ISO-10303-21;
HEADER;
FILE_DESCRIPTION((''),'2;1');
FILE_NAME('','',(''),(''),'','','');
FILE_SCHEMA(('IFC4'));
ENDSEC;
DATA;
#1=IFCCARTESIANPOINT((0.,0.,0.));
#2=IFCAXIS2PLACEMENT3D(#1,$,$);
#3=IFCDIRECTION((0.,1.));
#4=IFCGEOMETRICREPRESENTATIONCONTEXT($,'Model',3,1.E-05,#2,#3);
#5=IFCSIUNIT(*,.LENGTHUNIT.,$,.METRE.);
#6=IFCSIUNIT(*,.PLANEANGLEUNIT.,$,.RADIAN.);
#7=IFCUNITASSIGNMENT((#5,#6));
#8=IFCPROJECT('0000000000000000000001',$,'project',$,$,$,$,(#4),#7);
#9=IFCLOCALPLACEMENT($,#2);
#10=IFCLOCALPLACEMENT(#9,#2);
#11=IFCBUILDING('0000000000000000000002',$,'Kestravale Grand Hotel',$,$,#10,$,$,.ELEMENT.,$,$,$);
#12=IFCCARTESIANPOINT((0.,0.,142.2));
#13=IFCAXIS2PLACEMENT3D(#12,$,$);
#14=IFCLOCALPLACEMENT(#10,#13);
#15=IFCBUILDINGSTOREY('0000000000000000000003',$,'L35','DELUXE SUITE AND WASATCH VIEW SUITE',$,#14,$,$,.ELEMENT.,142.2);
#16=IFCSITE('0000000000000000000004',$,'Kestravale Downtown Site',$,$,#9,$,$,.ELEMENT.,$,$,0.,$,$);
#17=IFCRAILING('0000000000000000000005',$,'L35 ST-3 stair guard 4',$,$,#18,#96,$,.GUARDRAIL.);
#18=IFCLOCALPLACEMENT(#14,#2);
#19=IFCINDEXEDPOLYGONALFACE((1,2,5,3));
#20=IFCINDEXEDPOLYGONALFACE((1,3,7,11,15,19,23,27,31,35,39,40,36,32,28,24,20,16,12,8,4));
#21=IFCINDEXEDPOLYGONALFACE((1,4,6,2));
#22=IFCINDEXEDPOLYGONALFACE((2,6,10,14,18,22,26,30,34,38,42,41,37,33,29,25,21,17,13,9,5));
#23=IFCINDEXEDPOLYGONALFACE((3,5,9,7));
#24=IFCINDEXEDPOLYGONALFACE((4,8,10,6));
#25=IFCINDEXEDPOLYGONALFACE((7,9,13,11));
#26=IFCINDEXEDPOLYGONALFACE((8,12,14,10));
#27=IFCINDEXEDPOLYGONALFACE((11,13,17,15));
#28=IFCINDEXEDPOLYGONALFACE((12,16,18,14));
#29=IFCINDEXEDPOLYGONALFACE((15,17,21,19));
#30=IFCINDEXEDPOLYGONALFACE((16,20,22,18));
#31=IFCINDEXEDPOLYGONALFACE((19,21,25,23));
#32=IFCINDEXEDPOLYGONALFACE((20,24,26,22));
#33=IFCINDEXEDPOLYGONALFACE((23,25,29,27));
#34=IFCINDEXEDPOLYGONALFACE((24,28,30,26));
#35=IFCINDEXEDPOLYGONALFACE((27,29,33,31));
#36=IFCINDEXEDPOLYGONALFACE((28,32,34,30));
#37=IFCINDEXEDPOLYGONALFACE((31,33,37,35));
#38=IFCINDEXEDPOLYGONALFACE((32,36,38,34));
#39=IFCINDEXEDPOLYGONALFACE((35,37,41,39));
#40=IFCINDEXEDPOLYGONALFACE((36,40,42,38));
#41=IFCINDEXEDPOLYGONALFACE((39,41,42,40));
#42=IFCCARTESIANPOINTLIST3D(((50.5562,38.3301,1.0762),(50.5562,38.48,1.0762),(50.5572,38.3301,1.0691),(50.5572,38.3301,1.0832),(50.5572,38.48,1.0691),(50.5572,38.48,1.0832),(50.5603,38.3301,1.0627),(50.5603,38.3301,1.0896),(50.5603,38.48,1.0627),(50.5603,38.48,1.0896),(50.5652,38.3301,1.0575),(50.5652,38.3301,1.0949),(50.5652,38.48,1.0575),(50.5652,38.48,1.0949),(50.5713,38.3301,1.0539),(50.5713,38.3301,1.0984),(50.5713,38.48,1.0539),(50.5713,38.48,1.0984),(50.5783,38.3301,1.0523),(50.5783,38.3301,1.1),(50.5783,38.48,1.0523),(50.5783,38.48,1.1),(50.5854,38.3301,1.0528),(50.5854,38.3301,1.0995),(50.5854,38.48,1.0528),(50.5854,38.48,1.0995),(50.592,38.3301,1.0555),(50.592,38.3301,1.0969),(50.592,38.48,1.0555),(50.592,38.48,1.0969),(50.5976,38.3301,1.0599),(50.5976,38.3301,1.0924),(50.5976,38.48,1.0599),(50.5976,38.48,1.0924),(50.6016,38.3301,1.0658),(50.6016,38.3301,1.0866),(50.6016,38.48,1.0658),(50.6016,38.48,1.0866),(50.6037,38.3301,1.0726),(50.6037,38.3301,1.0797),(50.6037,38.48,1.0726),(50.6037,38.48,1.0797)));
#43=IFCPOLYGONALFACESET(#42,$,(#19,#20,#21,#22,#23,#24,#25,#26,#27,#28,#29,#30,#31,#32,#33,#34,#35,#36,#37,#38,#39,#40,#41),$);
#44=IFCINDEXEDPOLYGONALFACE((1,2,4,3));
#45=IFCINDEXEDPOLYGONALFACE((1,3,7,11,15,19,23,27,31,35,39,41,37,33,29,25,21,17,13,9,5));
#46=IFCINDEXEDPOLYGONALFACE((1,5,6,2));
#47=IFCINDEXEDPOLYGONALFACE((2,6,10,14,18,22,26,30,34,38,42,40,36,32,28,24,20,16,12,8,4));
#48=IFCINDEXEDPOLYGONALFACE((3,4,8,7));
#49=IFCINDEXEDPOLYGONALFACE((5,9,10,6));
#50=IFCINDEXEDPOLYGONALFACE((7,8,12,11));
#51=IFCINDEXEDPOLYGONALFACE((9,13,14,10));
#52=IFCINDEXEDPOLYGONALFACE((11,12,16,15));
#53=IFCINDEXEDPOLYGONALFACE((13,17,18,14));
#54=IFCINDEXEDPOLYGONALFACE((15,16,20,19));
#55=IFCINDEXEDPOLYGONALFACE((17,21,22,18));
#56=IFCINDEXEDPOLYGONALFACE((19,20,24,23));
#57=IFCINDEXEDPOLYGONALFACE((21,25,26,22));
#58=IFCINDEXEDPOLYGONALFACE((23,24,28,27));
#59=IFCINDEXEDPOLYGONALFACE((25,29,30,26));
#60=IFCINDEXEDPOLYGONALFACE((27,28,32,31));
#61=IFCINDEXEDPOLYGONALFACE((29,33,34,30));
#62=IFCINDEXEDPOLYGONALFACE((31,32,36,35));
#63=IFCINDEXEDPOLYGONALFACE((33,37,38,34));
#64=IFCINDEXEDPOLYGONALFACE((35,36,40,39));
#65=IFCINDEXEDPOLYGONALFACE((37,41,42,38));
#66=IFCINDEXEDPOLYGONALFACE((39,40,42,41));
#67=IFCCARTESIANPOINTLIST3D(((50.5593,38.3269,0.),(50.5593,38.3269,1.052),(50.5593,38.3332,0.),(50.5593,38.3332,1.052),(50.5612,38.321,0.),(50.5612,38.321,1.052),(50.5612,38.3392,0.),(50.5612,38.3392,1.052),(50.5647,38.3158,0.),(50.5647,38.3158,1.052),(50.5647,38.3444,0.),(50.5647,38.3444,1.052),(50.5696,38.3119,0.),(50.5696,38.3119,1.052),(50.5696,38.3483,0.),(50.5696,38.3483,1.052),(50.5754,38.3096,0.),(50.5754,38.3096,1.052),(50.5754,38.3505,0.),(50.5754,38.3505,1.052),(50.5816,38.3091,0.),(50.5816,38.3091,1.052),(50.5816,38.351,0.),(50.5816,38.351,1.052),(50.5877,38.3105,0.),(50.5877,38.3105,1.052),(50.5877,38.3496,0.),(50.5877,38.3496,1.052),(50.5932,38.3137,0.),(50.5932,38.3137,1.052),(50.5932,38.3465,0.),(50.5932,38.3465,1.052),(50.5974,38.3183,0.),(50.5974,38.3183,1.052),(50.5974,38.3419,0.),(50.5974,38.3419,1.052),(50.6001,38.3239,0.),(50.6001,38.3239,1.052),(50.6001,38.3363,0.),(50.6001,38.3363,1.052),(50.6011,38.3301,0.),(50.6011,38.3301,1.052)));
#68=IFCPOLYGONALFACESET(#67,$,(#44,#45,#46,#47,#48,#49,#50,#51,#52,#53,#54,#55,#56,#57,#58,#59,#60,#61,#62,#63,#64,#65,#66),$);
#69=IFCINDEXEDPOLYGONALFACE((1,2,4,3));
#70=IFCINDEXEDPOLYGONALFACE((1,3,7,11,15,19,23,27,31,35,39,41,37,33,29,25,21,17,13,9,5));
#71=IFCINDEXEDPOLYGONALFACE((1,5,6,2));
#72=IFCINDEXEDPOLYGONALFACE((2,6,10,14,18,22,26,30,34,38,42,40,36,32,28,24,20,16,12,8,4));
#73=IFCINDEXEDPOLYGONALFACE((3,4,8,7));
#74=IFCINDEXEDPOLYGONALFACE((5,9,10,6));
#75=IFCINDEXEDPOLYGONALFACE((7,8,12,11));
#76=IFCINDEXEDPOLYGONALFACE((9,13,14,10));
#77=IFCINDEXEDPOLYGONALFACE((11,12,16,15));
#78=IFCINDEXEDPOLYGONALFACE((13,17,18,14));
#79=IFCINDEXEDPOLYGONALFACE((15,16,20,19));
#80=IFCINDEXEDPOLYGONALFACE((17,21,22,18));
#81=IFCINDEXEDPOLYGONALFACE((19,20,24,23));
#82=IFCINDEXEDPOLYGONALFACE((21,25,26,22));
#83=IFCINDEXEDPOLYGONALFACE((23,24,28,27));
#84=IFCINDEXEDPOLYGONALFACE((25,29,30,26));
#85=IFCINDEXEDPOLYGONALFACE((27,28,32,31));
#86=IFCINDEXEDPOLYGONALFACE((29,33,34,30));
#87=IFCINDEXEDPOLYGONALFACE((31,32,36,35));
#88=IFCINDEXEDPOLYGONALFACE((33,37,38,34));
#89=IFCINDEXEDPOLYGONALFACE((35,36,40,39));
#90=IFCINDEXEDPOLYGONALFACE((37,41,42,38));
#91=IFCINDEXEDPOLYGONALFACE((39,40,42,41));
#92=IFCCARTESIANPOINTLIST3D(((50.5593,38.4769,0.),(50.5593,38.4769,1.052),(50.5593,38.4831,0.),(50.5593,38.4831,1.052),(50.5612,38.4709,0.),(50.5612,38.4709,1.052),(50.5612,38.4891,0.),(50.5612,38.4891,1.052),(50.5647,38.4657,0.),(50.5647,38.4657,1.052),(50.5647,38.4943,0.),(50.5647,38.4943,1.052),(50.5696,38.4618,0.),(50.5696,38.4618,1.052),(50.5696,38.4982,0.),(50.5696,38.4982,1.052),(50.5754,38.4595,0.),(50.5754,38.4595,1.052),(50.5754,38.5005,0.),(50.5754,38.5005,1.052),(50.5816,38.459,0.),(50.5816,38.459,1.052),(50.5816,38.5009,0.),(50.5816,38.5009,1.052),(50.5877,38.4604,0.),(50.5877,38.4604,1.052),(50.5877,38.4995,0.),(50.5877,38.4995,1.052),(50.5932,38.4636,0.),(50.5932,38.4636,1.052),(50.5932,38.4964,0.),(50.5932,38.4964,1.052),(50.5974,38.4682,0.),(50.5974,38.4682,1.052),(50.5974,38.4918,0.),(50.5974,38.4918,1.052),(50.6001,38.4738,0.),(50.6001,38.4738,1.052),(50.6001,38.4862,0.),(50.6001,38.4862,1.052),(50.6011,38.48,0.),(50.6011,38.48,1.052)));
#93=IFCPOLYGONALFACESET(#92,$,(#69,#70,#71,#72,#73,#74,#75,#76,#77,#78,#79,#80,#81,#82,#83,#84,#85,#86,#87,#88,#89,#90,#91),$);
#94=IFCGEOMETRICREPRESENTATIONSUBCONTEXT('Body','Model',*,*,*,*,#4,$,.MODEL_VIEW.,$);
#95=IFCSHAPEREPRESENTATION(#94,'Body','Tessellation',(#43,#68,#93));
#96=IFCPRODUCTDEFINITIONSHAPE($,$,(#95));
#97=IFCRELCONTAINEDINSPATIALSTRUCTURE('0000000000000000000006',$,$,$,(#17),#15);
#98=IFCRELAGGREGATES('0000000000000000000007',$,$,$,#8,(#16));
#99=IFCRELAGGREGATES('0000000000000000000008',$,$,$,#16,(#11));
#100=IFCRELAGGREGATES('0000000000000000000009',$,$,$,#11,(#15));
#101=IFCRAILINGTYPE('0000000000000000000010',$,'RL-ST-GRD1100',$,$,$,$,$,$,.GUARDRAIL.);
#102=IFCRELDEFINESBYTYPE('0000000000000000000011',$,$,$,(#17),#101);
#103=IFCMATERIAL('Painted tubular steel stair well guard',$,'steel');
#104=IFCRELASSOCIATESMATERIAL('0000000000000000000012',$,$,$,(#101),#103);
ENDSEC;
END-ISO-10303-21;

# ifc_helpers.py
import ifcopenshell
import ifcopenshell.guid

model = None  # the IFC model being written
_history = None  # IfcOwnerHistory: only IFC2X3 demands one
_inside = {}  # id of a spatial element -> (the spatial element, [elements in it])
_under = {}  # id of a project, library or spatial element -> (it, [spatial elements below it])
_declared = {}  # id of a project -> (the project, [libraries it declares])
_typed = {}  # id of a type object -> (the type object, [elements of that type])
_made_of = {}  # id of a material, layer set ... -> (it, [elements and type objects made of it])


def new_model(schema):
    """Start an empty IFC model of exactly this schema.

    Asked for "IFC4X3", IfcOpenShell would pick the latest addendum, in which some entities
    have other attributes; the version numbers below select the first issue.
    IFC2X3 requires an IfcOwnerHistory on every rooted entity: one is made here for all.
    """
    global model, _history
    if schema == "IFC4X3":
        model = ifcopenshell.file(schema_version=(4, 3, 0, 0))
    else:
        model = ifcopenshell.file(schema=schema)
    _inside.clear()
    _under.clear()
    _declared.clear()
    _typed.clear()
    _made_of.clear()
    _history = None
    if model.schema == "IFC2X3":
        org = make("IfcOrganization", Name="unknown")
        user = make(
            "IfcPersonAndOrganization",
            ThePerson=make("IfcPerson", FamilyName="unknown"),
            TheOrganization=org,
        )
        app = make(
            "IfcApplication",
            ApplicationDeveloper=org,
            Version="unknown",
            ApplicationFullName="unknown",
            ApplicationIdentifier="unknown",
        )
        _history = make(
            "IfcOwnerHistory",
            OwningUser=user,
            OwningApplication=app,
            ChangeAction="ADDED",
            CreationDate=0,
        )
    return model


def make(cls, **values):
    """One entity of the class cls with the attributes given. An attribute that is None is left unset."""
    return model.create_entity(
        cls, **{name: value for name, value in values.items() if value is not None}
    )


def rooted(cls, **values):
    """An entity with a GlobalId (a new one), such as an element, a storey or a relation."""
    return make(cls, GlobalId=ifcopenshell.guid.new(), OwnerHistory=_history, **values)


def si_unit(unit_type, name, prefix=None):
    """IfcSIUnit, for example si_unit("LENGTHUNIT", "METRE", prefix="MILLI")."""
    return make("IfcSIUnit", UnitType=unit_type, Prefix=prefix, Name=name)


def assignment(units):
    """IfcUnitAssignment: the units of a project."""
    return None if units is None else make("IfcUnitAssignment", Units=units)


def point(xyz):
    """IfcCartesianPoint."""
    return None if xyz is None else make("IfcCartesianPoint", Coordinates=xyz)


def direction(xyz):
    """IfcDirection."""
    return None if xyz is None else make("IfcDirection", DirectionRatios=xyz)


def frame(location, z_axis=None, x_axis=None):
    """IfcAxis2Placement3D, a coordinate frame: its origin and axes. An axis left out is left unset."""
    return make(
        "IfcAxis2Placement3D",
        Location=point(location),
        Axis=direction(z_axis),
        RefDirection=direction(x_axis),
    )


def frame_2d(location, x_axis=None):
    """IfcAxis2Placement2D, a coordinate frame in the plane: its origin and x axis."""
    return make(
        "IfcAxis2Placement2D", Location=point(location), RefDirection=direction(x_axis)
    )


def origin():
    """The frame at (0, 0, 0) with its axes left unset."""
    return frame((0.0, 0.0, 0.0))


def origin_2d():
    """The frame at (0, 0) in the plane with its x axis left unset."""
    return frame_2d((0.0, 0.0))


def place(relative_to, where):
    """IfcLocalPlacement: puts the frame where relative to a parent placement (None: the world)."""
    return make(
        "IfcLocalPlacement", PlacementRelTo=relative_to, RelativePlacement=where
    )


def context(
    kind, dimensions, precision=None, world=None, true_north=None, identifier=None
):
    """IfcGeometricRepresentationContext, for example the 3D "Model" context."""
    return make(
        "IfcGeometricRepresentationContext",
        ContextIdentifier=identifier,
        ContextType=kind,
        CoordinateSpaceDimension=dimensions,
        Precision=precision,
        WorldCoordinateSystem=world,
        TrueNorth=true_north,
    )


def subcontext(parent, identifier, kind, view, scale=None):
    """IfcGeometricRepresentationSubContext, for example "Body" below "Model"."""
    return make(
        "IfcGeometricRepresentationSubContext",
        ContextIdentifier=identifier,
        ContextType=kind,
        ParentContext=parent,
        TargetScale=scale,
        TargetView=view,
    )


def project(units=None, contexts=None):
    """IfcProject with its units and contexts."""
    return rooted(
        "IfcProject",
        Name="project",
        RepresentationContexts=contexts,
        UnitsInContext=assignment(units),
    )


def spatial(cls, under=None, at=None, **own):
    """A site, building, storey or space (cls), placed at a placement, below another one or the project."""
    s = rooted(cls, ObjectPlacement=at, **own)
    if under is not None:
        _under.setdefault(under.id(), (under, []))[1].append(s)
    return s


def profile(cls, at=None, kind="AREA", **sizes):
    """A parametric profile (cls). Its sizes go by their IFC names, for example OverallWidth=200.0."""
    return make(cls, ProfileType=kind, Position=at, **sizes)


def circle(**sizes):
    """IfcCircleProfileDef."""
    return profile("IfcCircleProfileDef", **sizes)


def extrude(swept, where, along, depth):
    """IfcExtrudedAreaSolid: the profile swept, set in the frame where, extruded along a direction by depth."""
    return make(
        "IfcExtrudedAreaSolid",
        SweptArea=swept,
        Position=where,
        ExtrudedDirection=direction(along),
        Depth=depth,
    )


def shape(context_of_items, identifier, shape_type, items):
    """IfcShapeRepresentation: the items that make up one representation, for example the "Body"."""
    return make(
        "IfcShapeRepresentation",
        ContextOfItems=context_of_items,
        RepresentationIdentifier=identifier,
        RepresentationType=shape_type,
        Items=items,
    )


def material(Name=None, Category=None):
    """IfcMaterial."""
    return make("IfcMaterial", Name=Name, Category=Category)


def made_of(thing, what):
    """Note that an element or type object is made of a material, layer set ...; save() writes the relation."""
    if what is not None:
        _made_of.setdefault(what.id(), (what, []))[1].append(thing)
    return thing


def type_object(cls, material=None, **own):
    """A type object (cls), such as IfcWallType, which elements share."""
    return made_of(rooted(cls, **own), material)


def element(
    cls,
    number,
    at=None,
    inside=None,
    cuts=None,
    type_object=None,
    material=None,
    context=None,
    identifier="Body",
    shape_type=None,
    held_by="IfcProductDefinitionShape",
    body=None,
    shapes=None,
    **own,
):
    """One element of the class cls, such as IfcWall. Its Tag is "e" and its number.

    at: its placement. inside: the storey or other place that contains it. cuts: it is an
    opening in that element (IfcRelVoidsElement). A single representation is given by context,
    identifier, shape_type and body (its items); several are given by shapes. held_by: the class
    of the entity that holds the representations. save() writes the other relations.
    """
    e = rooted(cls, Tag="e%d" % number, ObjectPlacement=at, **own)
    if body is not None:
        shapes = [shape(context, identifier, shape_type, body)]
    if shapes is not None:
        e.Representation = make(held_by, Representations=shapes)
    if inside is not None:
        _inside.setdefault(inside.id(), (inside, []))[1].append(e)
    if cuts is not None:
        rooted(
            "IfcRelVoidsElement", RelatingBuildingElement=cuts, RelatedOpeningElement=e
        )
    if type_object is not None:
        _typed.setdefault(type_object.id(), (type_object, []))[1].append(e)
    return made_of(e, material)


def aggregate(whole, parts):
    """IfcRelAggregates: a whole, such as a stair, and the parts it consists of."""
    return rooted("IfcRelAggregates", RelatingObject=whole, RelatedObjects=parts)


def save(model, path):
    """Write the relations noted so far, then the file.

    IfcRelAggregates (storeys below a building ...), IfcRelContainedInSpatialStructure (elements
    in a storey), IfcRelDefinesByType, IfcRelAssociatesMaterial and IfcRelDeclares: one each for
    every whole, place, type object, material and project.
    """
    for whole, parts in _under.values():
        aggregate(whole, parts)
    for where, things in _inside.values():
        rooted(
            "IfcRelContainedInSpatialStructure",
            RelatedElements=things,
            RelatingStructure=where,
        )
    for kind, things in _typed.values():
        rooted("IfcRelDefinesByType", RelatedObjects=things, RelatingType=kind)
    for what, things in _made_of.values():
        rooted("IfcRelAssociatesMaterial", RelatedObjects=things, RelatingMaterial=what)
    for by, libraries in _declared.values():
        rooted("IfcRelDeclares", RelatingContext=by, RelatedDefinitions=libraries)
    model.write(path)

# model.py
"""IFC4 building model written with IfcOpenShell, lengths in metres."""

from ifc_helpers import new_model, si_unit, direction, frame, origin, origin_2d, place, context, subcontext, project, spatial, circle, extrude, material, type_object, element, save


model = new_model("IFC4")

# Units and contexts
model_context = context("Model", 3, precision=1e-05, world=origin(), true_north=direction((0.0, 1.0)))
body_context = subcontext(model_context, "Body", "Model", "MODEL_VIEW")
ifc_project = project(units=[si_unit("LENGTHUNIT", "METRE"), si_unit("PLANEANGLEUNIT", "RADIAN")], contexts=[model_context])

# Site, building, storey
site_placement = place(None, origin())
site = spatial("IfcSite", under=ifc_project, at=site_placement, Name="Kestravale Downtown Site", CompositionType="ELEMENT", RefElevation=0.0)
building_placement = place(site_placement, origin())
building = spatial("IfcBuilding", under=site, at=building_placement, Name="Kestravale Grand Hotel", CompositionType="ELEMENT")
storey_placement = place(building_placement, frame((0.0, 0.0, 142.2)))
storey = spatial("IfcBuildingStorey", under=building, at=storey_placement, Name="L35", Description="DELUXE SUITE AND WASATCH VIEW SUITE", CompositionType="ELEMENT", Elevation=142.2)

# Railing
ifc_material_1 = material(Name="Painted tubular steel stair well guard", Category="steel")
railing_type_1 = type_object("IfcRailingType", Name="RL-ST-GRD1100", PredefinedType="GUARDRAIL", material=ifc_material_1)
railing_1_placement = place(storey_placement, frame((50.5801, 38.3301, 0.0)))
element("IfcRailing", 1, at=railing_1_placement, inside=storey, type_object=railing_type_1, Name="L35 ST-3 stair guard 4", PredefinedType="GUARDRAIL", context=body_context, shape_type="SweptSolid", body=[
    extrude(circle(Radius=0.0239, at=origin_2d()), frame((0.0, 0.0, 1.0762), z_axis=(0.0, 1.0, 0.0), x_axis=(-1.0, 0.0, 0.0)), (0.0, 0.0, 1.0), 0.1499),
    extrude(circle(Radius=0.021, at=origin_2d()), origin(), (0.0, 0.0, 1.0), 1.052),
    extrude(circle(Radius=0.021, at=origin_2d()), frame((0.0, 0.1499, 0.0)), (0.0, 0.0, 1.0), 1.052),
])

save(model, "model.ifc")
